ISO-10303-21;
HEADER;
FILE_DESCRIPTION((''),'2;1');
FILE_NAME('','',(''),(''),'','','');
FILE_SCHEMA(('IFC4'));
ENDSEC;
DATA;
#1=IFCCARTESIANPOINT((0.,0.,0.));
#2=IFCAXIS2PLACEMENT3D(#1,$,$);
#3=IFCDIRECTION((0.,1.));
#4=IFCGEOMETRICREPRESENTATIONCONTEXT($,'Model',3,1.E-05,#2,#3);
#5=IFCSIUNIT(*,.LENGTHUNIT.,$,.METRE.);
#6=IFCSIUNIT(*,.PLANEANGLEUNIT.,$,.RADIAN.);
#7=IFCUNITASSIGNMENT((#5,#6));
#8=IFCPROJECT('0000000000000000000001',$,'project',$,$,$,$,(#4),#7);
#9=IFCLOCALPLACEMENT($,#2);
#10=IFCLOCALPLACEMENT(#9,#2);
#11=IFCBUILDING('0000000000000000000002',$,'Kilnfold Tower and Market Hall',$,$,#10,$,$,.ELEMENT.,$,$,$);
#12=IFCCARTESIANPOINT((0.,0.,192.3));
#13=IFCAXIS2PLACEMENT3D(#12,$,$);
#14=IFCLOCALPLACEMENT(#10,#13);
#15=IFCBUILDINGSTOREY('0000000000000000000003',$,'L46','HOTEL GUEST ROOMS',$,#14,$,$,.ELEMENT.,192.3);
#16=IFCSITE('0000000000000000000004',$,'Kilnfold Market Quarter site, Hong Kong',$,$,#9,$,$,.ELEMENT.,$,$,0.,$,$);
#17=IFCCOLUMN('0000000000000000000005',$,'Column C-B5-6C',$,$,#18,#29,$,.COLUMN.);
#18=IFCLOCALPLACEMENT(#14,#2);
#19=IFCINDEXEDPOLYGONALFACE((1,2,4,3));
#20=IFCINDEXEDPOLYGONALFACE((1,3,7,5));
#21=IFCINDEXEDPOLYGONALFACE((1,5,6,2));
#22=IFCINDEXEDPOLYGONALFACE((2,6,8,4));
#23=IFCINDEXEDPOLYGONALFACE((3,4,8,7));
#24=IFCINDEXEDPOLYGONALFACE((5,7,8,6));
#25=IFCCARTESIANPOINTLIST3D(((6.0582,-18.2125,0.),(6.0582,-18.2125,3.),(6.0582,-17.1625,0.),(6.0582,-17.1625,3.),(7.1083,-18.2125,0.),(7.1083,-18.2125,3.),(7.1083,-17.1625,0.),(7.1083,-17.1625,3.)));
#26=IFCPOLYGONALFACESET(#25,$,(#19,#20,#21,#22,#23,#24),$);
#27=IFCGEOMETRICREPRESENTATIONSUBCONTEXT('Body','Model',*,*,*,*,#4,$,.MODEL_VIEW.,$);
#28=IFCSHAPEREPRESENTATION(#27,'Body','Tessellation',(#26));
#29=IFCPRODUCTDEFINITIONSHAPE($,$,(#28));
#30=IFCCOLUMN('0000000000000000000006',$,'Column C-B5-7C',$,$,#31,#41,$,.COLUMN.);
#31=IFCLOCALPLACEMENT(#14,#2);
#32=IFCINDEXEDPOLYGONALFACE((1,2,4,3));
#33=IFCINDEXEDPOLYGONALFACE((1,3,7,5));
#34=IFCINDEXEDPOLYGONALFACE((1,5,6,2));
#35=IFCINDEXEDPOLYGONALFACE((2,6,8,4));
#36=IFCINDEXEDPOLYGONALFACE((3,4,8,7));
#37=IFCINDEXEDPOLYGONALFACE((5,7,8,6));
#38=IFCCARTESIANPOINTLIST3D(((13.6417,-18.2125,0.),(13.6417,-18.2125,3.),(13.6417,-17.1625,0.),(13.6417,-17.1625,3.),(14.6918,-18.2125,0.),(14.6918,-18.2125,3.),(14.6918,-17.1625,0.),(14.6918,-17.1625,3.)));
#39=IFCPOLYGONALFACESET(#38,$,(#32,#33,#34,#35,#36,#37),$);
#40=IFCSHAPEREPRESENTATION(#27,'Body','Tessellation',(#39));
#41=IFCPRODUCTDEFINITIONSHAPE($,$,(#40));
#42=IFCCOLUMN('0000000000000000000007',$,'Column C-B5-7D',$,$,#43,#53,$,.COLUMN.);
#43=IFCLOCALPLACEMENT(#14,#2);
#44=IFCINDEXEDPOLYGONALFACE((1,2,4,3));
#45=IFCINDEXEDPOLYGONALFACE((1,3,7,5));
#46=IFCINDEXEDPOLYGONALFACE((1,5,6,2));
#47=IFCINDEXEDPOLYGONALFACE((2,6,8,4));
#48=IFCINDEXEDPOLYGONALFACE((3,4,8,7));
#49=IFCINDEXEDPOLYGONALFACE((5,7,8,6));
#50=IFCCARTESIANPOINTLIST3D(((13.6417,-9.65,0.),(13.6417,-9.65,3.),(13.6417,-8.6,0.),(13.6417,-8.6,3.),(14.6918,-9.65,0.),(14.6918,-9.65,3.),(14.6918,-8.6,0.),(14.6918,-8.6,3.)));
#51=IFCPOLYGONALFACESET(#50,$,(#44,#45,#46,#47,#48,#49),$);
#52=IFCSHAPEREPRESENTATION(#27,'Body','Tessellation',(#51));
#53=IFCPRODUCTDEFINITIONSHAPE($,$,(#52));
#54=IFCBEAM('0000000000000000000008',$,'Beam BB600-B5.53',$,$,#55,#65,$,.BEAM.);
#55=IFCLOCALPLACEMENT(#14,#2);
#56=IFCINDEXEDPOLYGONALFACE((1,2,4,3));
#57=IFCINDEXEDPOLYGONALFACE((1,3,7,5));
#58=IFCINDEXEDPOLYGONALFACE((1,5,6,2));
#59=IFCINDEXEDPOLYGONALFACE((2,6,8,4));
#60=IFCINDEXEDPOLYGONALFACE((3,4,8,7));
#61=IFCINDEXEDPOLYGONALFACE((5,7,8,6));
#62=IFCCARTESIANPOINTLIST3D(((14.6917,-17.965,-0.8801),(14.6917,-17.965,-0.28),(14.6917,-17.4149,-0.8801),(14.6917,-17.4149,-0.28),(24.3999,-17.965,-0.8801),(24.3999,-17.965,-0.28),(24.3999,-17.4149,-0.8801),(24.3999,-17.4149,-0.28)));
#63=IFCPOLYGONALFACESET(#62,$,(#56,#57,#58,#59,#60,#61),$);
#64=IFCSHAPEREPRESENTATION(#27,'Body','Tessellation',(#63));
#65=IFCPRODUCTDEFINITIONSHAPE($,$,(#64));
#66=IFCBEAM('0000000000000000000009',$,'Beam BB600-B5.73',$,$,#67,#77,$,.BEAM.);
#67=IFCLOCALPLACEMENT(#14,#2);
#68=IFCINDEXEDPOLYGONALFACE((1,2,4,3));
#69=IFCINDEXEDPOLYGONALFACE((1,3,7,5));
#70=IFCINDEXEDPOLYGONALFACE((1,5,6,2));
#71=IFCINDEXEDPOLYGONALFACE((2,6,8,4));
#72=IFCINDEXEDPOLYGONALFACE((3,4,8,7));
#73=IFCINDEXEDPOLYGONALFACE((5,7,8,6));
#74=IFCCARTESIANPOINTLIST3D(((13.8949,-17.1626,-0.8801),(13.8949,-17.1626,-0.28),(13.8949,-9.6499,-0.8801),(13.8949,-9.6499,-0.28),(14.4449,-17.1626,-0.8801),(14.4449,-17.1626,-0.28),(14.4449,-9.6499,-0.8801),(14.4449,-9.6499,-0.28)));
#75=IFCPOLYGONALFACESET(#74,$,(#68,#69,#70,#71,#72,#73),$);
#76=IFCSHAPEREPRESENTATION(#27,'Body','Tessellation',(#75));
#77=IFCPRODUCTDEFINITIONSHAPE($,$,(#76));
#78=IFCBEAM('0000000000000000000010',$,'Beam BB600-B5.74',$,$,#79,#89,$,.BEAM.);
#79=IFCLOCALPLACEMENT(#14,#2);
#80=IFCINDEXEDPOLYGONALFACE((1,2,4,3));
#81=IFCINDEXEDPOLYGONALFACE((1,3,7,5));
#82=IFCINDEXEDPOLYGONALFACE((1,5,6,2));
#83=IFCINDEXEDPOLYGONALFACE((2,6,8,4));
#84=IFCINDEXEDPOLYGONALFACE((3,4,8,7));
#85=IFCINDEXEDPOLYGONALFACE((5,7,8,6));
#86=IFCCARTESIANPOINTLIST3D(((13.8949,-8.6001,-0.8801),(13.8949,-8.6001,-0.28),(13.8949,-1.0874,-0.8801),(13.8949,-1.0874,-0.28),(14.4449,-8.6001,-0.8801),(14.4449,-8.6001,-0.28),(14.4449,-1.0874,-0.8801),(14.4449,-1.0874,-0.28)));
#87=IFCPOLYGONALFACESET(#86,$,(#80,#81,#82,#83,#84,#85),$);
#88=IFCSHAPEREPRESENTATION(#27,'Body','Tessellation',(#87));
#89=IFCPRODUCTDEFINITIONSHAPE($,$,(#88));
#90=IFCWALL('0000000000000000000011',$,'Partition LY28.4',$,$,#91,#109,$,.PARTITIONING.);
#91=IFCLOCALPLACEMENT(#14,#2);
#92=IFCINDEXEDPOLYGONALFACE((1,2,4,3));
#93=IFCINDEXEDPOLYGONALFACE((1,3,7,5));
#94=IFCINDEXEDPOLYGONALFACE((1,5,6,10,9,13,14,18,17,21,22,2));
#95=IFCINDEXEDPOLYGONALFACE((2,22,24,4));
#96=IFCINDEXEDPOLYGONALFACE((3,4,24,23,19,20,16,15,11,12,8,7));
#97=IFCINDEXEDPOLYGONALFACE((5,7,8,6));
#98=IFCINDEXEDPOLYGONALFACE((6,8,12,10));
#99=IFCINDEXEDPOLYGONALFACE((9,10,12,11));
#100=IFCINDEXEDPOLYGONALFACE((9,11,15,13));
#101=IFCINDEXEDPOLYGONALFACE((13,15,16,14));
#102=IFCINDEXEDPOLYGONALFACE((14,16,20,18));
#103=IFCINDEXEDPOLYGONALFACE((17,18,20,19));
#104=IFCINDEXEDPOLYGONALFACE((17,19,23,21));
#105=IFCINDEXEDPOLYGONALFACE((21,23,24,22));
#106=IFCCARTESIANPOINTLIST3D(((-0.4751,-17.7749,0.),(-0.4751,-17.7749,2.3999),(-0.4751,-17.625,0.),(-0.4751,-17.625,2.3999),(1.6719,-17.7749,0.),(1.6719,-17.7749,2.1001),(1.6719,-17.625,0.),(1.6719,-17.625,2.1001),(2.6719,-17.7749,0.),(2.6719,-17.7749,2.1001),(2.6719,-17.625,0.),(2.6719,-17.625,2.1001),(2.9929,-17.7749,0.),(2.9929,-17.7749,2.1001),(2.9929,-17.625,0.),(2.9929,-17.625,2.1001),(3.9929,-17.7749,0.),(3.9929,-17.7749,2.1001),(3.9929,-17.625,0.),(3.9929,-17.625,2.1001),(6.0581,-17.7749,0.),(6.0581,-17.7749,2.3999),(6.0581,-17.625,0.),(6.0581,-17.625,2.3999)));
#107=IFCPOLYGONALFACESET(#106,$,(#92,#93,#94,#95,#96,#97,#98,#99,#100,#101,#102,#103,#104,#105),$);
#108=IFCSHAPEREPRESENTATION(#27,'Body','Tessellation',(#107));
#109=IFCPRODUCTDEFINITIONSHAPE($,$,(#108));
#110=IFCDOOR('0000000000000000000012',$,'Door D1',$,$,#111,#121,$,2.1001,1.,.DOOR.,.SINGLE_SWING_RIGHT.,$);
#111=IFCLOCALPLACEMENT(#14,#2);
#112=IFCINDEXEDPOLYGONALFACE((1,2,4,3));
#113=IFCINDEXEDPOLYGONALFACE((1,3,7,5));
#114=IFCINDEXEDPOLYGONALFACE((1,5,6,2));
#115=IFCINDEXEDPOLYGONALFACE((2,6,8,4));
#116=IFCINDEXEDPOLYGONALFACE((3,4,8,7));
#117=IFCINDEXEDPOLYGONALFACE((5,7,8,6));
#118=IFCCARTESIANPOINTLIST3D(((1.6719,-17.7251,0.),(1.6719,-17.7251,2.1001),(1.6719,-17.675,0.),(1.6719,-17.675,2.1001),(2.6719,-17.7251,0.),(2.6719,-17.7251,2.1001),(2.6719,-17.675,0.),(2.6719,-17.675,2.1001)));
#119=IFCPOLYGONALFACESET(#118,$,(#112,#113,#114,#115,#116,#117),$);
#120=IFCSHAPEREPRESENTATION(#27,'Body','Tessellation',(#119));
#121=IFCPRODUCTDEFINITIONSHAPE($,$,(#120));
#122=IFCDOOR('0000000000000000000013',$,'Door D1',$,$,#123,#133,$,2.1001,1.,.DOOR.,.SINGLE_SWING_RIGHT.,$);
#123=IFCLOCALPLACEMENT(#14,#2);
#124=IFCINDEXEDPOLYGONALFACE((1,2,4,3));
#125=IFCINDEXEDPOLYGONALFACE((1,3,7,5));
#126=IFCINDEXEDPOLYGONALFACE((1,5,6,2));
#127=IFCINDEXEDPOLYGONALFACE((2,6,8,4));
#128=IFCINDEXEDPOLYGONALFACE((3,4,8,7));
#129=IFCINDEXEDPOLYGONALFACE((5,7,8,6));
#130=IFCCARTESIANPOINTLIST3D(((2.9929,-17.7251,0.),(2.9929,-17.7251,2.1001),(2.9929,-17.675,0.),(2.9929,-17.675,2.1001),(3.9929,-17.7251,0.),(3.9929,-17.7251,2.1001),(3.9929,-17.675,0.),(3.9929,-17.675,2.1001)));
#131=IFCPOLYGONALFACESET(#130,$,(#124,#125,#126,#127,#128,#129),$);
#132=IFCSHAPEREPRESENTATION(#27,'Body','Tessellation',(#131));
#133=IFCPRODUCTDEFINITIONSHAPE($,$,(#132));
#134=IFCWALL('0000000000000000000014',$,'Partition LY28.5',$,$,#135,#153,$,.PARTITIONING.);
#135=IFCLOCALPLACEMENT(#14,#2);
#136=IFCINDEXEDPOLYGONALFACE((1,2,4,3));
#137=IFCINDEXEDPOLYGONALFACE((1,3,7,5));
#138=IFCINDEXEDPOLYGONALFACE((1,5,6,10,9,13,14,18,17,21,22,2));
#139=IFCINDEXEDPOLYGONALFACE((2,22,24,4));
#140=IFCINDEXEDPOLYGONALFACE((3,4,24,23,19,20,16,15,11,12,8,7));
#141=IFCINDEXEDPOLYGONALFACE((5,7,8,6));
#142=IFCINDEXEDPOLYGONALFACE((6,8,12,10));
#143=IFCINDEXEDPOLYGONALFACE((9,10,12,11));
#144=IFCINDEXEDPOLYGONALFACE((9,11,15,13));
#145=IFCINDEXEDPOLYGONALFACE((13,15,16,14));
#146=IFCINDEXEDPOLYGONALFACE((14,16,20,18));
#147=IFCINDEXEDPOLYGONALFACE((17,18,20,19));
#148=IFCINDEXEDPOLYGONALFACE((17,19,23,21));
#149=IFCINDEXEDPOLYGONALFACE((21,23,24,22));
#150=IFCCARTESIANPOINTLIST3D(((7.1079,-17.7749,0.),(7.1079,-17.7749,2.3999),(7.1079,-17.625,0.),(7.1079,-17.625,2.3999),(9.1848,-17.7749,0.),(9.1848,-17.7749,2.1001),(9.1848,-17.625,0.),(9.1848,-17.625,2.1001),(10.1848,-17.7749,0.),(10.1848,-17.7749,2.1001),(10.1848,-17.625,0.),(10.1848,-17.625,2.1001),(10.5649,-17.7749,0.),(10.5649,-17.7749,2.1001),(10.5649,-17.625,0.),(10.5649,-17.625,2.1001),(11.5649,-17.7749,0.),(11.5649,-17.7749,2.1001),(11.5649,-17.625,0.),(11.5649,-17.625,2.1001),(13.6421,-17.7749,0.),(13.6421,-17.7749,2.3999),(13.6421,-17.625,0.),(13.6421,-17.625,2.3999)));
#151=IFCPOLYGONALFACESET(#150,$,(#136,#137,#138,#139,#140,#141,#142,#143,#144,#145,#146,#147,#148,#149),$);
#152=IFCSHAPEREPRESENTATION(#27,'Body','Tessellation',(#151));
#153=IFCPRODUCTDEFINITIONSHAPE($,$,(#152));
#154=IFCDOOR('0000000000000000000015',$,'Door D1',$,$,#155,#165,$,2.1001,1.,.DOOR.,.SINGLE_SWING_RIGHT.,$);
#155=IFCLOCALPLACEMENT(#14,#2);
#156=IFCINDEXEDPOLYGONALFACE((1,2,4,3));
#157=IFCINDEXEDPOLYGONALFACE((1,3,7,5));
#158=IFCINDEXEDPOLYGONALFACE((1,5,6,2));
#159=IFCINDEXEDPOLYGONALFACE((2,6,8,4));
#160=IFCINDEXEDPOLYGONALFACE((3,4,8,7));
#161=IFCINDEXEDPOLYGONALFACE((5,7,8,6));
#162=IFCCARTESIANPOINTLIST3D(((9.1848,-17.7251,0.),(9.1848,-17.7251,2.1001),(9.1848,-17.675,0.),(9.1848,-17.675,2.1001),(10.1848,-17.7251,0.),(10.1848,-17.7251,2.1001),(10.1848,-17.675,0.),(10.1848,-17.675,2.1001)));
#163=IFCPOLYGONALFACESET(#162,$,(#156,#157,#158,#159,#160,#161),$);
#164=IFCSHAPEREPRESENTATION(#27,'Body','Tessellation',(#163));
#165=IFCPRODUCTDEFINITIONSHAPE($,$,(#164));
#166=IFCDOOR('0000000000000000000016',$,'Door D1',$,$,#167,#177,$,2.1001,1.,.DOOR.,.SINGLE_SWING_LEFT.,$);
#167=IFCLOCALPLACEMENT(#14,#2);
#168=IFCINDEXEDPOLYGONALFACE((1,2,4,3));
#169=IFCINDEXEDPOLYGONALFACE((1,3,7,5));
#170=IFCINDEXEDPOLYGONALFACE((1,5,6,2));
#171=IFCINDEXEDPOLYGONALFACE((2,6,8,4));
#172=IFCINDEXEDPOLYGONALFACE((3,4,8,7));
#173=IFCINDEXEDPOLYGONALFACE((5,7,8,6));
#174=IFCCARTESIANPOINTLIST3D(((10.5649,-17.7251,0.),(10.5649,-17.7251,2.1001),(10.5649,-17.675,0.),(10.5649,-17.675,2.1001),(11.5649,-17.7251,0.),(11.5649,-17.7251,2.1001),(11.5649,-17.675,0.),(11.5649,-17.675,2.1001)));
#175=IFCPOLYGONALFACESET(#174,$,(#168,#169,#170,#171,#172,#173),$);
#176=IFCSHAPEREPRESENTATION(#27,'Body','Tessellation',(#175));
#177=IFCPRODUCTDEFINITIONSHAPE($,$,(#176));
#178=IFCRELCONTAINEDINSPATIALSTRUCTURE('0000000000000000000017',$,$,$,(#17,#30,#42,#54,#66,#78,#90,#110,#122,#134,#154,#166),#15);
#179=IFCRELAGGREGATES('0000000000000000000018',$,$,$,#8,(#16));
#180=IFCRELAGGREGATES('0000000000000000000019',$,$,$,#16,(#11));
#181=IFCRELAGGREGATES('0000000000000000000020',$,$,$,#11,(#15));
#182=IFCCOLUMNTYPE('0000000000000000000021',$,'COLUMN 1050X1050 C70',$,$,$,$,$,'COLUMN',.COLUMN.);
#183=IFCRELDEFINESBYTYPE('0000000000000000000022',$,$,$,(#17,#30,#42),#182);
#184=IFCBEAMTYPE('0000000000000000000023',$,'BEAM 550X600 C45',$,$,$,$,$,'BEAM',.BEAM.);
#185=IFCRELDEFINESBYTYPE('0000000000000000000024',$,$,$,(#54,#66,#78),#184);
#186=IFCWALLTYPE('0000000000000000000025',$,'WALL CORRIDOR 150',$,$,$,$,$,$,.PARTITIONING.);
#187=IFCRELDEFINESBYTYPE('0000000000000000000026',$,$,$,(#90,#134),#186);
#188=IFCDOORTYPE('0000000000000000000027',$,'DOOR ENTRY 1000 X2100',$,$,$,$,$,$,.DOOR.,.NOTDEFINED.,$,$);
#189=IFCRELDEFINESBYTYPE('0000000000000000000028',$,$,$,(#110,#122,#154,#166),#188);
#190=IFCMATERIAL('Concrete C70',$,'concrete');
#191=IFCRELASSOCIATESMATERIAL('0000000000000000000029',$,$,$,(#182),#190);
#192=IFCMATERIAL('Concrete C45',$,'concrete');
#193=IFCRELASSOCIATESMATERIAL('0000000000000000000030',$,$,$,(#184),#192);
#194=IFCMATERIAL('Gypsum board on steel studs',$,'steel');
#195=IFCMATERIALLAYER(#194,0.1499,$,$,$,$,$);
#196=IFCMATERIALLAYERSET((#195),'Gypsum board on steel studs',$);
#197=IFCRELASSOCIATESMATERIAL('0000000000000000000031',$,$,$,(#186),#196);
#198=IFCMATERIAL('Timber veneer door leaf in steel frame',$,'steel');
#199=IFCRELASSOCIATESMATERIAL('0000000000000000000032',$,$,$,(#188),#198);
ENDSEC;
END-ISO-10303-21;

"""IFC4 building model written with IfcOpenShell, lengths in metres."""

from ifc_helpers import new_model, si_unit, direction, frame, frame_2d, origin, origin_2d, place, context, subcontext, project, spatial, rectangle, extrude, source, transform, mapped, material, layer, layer_set, material_profile, profile_set, type_object, element, fill, save


model = new_model("IFC4")

# Units and contexts
model_context = context("Model", 3, precision=1e-05, world=origin(), true_north=direction((0.0, 1.0)))
body_context = subcontext(model_context, "Body", "Model", "MODEL_VIEW")
ifc_project = project(units=[si_unit("LENGTHUNIT", "METRE"), si_unit("PLANEANGLEUNIT", "RADIAN")], contexts=[model_context])

# Site, building, storey
site_placement = place(None, origin())
site = spatial("IfcSite", under=ifc_project, at=site_placement, Name="Kilnfold Market Quarter site, Hong Kong", CompositionType="ELEMENT", RefElevation=0.0)
building_placement = place(site_placement, origin())
building = spatial("IfcBuilding", under=site, at=building_placement, Name="Kilnfold Tower and Market Hall", CompositionType="ELEMENT")
storey_placement = place(building_placement, frame((0.0, 0.0, 192.3)))
storey = spatial("IfcBuildingStorey", under=building, at=storey_placement, Name="L46", Description="HOTEL GUEST ROOMS", CompositionType="ELEMENT", Elevation=192.3)

# Columns
ifc_material_1 = material(Name="Concrete C70", Category="concrete")
ifc_material_profile_1 = material_profile(ifc_material_1, rectangle(XDim=1.05, YDim=1.05, at=origin_2d()), Name="RC 1050x1050")
ifc_profile_set_1 = profile_set([ifc_material_profile_1], Name="Concrete C70")
column_type = type_object("IfcColumnType", Name="COLUMN 1050X1050 C70", ElementType="COLUMN", PredefinedType="COLUMN", material=ifc_profile_set_1)
shared_shape_1 = source(origin(), body_context, "Body", "SweptSolid", [
    extrude(rectangle(XDim=1.05, YDim=1.05, at=origin_2d()), origin(), (0.0, 0.0, 1.0), 3.0),
])
for number, where, z_axis, x_axis, name in (
    (1, (6.5833, -17.6875, 0.0), (0.0, 0.0, 1.0), (1.0, 0.0, 0.0), "Column C-B5-6C"),
    (2, (14.1667, -17.6875, 0.0), (0.0, 0.0, 1.0), (1.0, 0.0, 0.0), "Column C-B5-7C"),
    (3, (14.1667, -9.125, 0.0), (0.0, 0.0, 1.0), (1.0, 0.0, 0.0), "Column C-B5-7D"),
):
    element("IfcColumn", number, at=place(storey_placement, frame(where, z_axis=z_axis, x_axis=x_axis)), inside=storey, type_object=column_type, Name=name, PredefinedType="COLUMN", context=body_context, shape_type="MappedRepresentation", body=[
        mapped(shared_shape_1, transform((0.0, 0.0, 0.0))),
    ])

# Beams
ifc_material_2 = material(Name="Concrete C45", Category="concrete")
ifc_material_profile_2 = material_profile(ifc_material_2, rectangle(XDim=0.55, YDim=0.6001, at=origin_2d()), Name="RC 550x600")
ifc_profile_set_2 = profile_set([ifc_material_profile_2], Name="Concrete C45")
beam_type = type_object("IfcBeamType", Name="BEAM 550X600 C45", ElementType="BEAM", PredefinedType="BEAM", material=ifc_profile_set_2)
shared_shape_2 = source(origin(), body_context, "Body", "SweptSolid", [
    extrude(rectangle(XDim=0.55, YDim=0.6001, at=origin_2d()), origin(), (0.0, 0.0, 1.0), 9.7083),
])
beam_placement = place(storey_placement, frame((14.6917, -17.6899, -0.5801), z_axis=(1.0, 0.0, 0.0), x_axis=(0.0, 1.0, 0.0)))
element("IfcBeam", 4, at=beam_placement, inside=storey, type_object=beam_type, Name="Beam BB600-B5.53", PredefinedType="BEAM", context=body_context, shape_type="MappedRepresentation", body=[
    mapped(shared_shape_2, transform((0.0, 0.0, 0.0))),
])
shared_shape_3 = source(origin(), body_context, "Body", "SweptSolid", [
    extrude(rectangle(XDim=0.55, YDim=0.6001, at=origin_2d()), origin(), (0.0, 0.0, 1.0), 7.5127),
])
for number, where, z_axis, x_axis, name in (
    (5, (14.1699, -17.1626, -0.5801), (0.0, 1.0, 0.0), (-1.0, 0.0, 0.0), "Beam BB600-B5.73"),
    (6, (14.1699, -8.6001, -0.5801), (0.0, 1.0, 0.0), (-1.0, 0.0, 0.0), "Beam BB600-B5.74"),
):
    element("IfcBeam", number, at=place(storey_placement, frame(where, z_axis=z_axis, x_axis=x_axis)), inside=storey, type_object=beam_type, Name=name, PredefinedType="BEAM", context=body_context, shape_type="MappedRepresentation", body=[
        mapped(shared_shape_3, transform((0.0, 0.0, 0.0))),
    ])

# Walls, openings, doors
ifc_material_3 = material(Name="Gypsum board on steel studs", Category="steel")
ifc_layer_1 = layer(ifc_material_3, 0.1499)
ifc_layer_set_1 = layer_set([ifc_layer_1], Name="Gypsum board on steel studs")
wall_type_1 = type_object("IfcWallType", Name="WALL CORRIDOR 150", PredefinedType="PARTITIONING", material=ifc_layer_set_1)
wall_1_placement = place(storey_placement, frame((-0.4751, -17.7, 0.0), z_axis=(0.0, 0.0, 1.0), x_axis=(1.0, 0.0, 0.0)))
wall_1 = element("IfcWall", 7, at=wall_1_placement, inside=storey, type_object=wall_type_1, Name="Partition LY28.4", PredefinedType="PARTITIONING", context=body_context, shape_type="SweptSolid", body=[
    extrude(rectangle(XDim=6.5332, YDim=0.1499, at=frame_2d((3.2666, 0.0))), origin(), (0.0, 0.0, 1.0), 2.3999),
])
opening_1_placement = place(wall_1_placement, frame((2.147, 0.0, 0.0)))
opening_1 = element("IfcOpeningElement", 8, at=opening_1_placement, cuts=wall_1, PredefinedType="OPENING", context=body_context, shape_type="SweptSolid", body=[
    extrude(rectangle(XDim=1.0, YDim=2.1001, at=frame_2d((0.5, 1.05))), frame((0.0, 0.085, 0.0), z_axis=(0.0, -1.0, 0.0), x_axis=(1.0, 0.0, 0.0)), (0.0, 0.0, 1.0), 0.1699),
])
opening_2_placement = place(wall_1_placement, frame((3.468, 0.0, 0.0)))
opening_2 = element("IfcOpeningElement", 9, at=opening_2_placement, cuts=wall_1, PredefinedType="OPENING", context=body_context, shape_type="SweptSolid", body=[
    extrude(rectangle(XDim=1.0, YDim=2.1001, at=frame_2d((0.5, 1.05))), frame((0.0, 0.085, 0.0), z_axis=(0.0, -1.0, 0.0), x_axis=(1.0, 0.0, 0.0)), (0.0, 0.0, 1.0), 0.1699),
])
ifc_material_4 = material(Name="Timber veneer door leaf in steel frame", Category="steel")
door_type_1 = type_object("IfcDoorType", Name="DOOR ENTRY 1000 X2100", OperationType="NOTDEFINED", PredefinedType="DOOR", material=ifc_material_4)
door_1_placement = place(opening_1_placement, origin())
door_1 = element("IfcDoor", 10, at=door_1_placement, inside=storey, type_object=door_type_1, Name="Door D1", OperationType="SINGLE_SWING_RIGHT", OverallHeight=2.1001, OverallWidth=1.0, PredefinedType="DOOR", context=body_context, shape_type="SweptSolid", body=[
    extrude(rectangle(XDim=1.0, YDim=2.1001, at=frame_2d((0.5, 1.05))), frame((0.0, 0.0249, 0.0), z_axis=(0.0, -1.0, 0.0), x_axis=(1.0, 0.0, 0.0)), (0.0, 0.0, 1.0), 0.05),
])
fill(opening_1, door_1)
door_2_placement = place(opening_2_placement, origin())
door_2 = element("IfcDoor", 11, at=door_2_placement, inside=storey, type_object=door_type_1, Name="Door D1", OperationType="SINGLE_SWING_RIGHT", OverallHeight=2.1001, OverallWidth=1.0, PredefinedType="DOOR", context=body_context, shape_type="SweptSolid", body=[
    extrude(rectangle(XDim=1.0, YDim=2.1001, at=frame_2d((0.5, 1.05))), frame((0.0, 0.0249, 0.0), z_axis=(0.0, -1.0, 0.0), x_axis=(1.0, 0.0, 0.0)), (0.0, 0.0, 1.0), 0.05),
])
fill(opening_2, door_2)
wall_2_placement = place(storey_placement, frame((7.1079, -17.7, 0.0), z_axis=(0.0, 0.0, 1.0), x_axis=(1.0, 0.0, 0.0)))
wall_2 = element("IfcWall", 12, at=wall_2_placement, inside=storey, type_object=wall_type_1, Name="Partition LY28.5", PredefinedType="PARTITIONING", context=body_context, shape_type="SweptSolid", body=[
    extrude(rectangle(XDim=6.5342, YDim=0.1499, at=frame_2d((3.2671, 0.0))), origin(), (0.0, 0.0, 1.0), 2.3999),
])
opening_3_placement = place(wall_2_placement, frame((2.0769, 0.0, 0.0)))
opening_3 = element("IfcOpeningElement", 13, at=opening_3_placement, cuts=wall_2, PredefinedType="OPENING", context=body_context, shape_type="SweptSolid", body=[
    extrude(rectangle(XDim=1.0, YDim=2.1001, at=frame_2d((0.5, 1.05))), frame((0.0, 0.085, 0.0), z_axis=(0.0, -1.0, 0.0), x_axis=(1.0, 0.0, 0.0)), (0.0, 0.0, 1.0), 0.1699),
])
opening_4_placement = place(wall_2_placement, frame((3.457, 0.0, 0.0)))
opening_4 = element("IfcOpeningElement", 14, at=opening_4_placement, cuts=wall_2, PredefinedType="OPENING", context=body_context, shape_type="SweptSolid", body=[
    extrude(rectangle(XDim=1.0, YDim=2.1001, at=frame_2d((0.5, 1.05))), frame((0.0, 0.085, 0.0), z_axis=(0.0, -1.0, 0.0), x_axis=(1.0, 0.0, 0.0)), (0.0, 0.0, 1.0), 0.1699),
])
door_3_placement = place(opening_3_placement, origin())
door_3 = element("IfcDoor", 15, at=door_3_placement, inside=storey, type_object=door_type_1, Name="Door D1", OperationType="SINGLE_SWING_RIGHT", OverallHeight=2.1001, OverallWidth=1.0, PredefinedType="DOOR", context=body_context, shape_type="SweptSolid", body=[
    extrude(rectangle(XDim=1.0, YDim=2.1001, at=frame_2d((0.5, 1.05))), frame((0.0, 0.0249, 0.0), z_axis=(0.0, -1.0, 0.0), x_axis=(1.0, 0.0, 0.0)), (0.0, 0.0, 1.0), 0.05),
])
fill(opening_3, door_3)
door_4_placement = place(opening_4_placement, origin())
door_4 = element("IfcDoor", 16, at=door_4_placement, inside=storey, type_object=door_type_1, Name="Door D1", OperationType="SINGLE_SWING_LEFT", OverallHeight=2.1001, OverallWidth=1.0, PredefinedType="DOOR", context=body_context, shape_type="SweptSolid", body=[
    extrude(rectangle(XDim=1.0, YDim=2.1001, at=frame_2d((0.5, 1.05))), frame((0.0, 0.0249, 0.0), z_axis=(0.0, -1.0, 0.0), x_axis=(1.0, 0.0, 0.0)), (0.0, 0.0, 1.0), 0.05),
])
fill(opening_4, door_4)

save(model, "model.ifc")
